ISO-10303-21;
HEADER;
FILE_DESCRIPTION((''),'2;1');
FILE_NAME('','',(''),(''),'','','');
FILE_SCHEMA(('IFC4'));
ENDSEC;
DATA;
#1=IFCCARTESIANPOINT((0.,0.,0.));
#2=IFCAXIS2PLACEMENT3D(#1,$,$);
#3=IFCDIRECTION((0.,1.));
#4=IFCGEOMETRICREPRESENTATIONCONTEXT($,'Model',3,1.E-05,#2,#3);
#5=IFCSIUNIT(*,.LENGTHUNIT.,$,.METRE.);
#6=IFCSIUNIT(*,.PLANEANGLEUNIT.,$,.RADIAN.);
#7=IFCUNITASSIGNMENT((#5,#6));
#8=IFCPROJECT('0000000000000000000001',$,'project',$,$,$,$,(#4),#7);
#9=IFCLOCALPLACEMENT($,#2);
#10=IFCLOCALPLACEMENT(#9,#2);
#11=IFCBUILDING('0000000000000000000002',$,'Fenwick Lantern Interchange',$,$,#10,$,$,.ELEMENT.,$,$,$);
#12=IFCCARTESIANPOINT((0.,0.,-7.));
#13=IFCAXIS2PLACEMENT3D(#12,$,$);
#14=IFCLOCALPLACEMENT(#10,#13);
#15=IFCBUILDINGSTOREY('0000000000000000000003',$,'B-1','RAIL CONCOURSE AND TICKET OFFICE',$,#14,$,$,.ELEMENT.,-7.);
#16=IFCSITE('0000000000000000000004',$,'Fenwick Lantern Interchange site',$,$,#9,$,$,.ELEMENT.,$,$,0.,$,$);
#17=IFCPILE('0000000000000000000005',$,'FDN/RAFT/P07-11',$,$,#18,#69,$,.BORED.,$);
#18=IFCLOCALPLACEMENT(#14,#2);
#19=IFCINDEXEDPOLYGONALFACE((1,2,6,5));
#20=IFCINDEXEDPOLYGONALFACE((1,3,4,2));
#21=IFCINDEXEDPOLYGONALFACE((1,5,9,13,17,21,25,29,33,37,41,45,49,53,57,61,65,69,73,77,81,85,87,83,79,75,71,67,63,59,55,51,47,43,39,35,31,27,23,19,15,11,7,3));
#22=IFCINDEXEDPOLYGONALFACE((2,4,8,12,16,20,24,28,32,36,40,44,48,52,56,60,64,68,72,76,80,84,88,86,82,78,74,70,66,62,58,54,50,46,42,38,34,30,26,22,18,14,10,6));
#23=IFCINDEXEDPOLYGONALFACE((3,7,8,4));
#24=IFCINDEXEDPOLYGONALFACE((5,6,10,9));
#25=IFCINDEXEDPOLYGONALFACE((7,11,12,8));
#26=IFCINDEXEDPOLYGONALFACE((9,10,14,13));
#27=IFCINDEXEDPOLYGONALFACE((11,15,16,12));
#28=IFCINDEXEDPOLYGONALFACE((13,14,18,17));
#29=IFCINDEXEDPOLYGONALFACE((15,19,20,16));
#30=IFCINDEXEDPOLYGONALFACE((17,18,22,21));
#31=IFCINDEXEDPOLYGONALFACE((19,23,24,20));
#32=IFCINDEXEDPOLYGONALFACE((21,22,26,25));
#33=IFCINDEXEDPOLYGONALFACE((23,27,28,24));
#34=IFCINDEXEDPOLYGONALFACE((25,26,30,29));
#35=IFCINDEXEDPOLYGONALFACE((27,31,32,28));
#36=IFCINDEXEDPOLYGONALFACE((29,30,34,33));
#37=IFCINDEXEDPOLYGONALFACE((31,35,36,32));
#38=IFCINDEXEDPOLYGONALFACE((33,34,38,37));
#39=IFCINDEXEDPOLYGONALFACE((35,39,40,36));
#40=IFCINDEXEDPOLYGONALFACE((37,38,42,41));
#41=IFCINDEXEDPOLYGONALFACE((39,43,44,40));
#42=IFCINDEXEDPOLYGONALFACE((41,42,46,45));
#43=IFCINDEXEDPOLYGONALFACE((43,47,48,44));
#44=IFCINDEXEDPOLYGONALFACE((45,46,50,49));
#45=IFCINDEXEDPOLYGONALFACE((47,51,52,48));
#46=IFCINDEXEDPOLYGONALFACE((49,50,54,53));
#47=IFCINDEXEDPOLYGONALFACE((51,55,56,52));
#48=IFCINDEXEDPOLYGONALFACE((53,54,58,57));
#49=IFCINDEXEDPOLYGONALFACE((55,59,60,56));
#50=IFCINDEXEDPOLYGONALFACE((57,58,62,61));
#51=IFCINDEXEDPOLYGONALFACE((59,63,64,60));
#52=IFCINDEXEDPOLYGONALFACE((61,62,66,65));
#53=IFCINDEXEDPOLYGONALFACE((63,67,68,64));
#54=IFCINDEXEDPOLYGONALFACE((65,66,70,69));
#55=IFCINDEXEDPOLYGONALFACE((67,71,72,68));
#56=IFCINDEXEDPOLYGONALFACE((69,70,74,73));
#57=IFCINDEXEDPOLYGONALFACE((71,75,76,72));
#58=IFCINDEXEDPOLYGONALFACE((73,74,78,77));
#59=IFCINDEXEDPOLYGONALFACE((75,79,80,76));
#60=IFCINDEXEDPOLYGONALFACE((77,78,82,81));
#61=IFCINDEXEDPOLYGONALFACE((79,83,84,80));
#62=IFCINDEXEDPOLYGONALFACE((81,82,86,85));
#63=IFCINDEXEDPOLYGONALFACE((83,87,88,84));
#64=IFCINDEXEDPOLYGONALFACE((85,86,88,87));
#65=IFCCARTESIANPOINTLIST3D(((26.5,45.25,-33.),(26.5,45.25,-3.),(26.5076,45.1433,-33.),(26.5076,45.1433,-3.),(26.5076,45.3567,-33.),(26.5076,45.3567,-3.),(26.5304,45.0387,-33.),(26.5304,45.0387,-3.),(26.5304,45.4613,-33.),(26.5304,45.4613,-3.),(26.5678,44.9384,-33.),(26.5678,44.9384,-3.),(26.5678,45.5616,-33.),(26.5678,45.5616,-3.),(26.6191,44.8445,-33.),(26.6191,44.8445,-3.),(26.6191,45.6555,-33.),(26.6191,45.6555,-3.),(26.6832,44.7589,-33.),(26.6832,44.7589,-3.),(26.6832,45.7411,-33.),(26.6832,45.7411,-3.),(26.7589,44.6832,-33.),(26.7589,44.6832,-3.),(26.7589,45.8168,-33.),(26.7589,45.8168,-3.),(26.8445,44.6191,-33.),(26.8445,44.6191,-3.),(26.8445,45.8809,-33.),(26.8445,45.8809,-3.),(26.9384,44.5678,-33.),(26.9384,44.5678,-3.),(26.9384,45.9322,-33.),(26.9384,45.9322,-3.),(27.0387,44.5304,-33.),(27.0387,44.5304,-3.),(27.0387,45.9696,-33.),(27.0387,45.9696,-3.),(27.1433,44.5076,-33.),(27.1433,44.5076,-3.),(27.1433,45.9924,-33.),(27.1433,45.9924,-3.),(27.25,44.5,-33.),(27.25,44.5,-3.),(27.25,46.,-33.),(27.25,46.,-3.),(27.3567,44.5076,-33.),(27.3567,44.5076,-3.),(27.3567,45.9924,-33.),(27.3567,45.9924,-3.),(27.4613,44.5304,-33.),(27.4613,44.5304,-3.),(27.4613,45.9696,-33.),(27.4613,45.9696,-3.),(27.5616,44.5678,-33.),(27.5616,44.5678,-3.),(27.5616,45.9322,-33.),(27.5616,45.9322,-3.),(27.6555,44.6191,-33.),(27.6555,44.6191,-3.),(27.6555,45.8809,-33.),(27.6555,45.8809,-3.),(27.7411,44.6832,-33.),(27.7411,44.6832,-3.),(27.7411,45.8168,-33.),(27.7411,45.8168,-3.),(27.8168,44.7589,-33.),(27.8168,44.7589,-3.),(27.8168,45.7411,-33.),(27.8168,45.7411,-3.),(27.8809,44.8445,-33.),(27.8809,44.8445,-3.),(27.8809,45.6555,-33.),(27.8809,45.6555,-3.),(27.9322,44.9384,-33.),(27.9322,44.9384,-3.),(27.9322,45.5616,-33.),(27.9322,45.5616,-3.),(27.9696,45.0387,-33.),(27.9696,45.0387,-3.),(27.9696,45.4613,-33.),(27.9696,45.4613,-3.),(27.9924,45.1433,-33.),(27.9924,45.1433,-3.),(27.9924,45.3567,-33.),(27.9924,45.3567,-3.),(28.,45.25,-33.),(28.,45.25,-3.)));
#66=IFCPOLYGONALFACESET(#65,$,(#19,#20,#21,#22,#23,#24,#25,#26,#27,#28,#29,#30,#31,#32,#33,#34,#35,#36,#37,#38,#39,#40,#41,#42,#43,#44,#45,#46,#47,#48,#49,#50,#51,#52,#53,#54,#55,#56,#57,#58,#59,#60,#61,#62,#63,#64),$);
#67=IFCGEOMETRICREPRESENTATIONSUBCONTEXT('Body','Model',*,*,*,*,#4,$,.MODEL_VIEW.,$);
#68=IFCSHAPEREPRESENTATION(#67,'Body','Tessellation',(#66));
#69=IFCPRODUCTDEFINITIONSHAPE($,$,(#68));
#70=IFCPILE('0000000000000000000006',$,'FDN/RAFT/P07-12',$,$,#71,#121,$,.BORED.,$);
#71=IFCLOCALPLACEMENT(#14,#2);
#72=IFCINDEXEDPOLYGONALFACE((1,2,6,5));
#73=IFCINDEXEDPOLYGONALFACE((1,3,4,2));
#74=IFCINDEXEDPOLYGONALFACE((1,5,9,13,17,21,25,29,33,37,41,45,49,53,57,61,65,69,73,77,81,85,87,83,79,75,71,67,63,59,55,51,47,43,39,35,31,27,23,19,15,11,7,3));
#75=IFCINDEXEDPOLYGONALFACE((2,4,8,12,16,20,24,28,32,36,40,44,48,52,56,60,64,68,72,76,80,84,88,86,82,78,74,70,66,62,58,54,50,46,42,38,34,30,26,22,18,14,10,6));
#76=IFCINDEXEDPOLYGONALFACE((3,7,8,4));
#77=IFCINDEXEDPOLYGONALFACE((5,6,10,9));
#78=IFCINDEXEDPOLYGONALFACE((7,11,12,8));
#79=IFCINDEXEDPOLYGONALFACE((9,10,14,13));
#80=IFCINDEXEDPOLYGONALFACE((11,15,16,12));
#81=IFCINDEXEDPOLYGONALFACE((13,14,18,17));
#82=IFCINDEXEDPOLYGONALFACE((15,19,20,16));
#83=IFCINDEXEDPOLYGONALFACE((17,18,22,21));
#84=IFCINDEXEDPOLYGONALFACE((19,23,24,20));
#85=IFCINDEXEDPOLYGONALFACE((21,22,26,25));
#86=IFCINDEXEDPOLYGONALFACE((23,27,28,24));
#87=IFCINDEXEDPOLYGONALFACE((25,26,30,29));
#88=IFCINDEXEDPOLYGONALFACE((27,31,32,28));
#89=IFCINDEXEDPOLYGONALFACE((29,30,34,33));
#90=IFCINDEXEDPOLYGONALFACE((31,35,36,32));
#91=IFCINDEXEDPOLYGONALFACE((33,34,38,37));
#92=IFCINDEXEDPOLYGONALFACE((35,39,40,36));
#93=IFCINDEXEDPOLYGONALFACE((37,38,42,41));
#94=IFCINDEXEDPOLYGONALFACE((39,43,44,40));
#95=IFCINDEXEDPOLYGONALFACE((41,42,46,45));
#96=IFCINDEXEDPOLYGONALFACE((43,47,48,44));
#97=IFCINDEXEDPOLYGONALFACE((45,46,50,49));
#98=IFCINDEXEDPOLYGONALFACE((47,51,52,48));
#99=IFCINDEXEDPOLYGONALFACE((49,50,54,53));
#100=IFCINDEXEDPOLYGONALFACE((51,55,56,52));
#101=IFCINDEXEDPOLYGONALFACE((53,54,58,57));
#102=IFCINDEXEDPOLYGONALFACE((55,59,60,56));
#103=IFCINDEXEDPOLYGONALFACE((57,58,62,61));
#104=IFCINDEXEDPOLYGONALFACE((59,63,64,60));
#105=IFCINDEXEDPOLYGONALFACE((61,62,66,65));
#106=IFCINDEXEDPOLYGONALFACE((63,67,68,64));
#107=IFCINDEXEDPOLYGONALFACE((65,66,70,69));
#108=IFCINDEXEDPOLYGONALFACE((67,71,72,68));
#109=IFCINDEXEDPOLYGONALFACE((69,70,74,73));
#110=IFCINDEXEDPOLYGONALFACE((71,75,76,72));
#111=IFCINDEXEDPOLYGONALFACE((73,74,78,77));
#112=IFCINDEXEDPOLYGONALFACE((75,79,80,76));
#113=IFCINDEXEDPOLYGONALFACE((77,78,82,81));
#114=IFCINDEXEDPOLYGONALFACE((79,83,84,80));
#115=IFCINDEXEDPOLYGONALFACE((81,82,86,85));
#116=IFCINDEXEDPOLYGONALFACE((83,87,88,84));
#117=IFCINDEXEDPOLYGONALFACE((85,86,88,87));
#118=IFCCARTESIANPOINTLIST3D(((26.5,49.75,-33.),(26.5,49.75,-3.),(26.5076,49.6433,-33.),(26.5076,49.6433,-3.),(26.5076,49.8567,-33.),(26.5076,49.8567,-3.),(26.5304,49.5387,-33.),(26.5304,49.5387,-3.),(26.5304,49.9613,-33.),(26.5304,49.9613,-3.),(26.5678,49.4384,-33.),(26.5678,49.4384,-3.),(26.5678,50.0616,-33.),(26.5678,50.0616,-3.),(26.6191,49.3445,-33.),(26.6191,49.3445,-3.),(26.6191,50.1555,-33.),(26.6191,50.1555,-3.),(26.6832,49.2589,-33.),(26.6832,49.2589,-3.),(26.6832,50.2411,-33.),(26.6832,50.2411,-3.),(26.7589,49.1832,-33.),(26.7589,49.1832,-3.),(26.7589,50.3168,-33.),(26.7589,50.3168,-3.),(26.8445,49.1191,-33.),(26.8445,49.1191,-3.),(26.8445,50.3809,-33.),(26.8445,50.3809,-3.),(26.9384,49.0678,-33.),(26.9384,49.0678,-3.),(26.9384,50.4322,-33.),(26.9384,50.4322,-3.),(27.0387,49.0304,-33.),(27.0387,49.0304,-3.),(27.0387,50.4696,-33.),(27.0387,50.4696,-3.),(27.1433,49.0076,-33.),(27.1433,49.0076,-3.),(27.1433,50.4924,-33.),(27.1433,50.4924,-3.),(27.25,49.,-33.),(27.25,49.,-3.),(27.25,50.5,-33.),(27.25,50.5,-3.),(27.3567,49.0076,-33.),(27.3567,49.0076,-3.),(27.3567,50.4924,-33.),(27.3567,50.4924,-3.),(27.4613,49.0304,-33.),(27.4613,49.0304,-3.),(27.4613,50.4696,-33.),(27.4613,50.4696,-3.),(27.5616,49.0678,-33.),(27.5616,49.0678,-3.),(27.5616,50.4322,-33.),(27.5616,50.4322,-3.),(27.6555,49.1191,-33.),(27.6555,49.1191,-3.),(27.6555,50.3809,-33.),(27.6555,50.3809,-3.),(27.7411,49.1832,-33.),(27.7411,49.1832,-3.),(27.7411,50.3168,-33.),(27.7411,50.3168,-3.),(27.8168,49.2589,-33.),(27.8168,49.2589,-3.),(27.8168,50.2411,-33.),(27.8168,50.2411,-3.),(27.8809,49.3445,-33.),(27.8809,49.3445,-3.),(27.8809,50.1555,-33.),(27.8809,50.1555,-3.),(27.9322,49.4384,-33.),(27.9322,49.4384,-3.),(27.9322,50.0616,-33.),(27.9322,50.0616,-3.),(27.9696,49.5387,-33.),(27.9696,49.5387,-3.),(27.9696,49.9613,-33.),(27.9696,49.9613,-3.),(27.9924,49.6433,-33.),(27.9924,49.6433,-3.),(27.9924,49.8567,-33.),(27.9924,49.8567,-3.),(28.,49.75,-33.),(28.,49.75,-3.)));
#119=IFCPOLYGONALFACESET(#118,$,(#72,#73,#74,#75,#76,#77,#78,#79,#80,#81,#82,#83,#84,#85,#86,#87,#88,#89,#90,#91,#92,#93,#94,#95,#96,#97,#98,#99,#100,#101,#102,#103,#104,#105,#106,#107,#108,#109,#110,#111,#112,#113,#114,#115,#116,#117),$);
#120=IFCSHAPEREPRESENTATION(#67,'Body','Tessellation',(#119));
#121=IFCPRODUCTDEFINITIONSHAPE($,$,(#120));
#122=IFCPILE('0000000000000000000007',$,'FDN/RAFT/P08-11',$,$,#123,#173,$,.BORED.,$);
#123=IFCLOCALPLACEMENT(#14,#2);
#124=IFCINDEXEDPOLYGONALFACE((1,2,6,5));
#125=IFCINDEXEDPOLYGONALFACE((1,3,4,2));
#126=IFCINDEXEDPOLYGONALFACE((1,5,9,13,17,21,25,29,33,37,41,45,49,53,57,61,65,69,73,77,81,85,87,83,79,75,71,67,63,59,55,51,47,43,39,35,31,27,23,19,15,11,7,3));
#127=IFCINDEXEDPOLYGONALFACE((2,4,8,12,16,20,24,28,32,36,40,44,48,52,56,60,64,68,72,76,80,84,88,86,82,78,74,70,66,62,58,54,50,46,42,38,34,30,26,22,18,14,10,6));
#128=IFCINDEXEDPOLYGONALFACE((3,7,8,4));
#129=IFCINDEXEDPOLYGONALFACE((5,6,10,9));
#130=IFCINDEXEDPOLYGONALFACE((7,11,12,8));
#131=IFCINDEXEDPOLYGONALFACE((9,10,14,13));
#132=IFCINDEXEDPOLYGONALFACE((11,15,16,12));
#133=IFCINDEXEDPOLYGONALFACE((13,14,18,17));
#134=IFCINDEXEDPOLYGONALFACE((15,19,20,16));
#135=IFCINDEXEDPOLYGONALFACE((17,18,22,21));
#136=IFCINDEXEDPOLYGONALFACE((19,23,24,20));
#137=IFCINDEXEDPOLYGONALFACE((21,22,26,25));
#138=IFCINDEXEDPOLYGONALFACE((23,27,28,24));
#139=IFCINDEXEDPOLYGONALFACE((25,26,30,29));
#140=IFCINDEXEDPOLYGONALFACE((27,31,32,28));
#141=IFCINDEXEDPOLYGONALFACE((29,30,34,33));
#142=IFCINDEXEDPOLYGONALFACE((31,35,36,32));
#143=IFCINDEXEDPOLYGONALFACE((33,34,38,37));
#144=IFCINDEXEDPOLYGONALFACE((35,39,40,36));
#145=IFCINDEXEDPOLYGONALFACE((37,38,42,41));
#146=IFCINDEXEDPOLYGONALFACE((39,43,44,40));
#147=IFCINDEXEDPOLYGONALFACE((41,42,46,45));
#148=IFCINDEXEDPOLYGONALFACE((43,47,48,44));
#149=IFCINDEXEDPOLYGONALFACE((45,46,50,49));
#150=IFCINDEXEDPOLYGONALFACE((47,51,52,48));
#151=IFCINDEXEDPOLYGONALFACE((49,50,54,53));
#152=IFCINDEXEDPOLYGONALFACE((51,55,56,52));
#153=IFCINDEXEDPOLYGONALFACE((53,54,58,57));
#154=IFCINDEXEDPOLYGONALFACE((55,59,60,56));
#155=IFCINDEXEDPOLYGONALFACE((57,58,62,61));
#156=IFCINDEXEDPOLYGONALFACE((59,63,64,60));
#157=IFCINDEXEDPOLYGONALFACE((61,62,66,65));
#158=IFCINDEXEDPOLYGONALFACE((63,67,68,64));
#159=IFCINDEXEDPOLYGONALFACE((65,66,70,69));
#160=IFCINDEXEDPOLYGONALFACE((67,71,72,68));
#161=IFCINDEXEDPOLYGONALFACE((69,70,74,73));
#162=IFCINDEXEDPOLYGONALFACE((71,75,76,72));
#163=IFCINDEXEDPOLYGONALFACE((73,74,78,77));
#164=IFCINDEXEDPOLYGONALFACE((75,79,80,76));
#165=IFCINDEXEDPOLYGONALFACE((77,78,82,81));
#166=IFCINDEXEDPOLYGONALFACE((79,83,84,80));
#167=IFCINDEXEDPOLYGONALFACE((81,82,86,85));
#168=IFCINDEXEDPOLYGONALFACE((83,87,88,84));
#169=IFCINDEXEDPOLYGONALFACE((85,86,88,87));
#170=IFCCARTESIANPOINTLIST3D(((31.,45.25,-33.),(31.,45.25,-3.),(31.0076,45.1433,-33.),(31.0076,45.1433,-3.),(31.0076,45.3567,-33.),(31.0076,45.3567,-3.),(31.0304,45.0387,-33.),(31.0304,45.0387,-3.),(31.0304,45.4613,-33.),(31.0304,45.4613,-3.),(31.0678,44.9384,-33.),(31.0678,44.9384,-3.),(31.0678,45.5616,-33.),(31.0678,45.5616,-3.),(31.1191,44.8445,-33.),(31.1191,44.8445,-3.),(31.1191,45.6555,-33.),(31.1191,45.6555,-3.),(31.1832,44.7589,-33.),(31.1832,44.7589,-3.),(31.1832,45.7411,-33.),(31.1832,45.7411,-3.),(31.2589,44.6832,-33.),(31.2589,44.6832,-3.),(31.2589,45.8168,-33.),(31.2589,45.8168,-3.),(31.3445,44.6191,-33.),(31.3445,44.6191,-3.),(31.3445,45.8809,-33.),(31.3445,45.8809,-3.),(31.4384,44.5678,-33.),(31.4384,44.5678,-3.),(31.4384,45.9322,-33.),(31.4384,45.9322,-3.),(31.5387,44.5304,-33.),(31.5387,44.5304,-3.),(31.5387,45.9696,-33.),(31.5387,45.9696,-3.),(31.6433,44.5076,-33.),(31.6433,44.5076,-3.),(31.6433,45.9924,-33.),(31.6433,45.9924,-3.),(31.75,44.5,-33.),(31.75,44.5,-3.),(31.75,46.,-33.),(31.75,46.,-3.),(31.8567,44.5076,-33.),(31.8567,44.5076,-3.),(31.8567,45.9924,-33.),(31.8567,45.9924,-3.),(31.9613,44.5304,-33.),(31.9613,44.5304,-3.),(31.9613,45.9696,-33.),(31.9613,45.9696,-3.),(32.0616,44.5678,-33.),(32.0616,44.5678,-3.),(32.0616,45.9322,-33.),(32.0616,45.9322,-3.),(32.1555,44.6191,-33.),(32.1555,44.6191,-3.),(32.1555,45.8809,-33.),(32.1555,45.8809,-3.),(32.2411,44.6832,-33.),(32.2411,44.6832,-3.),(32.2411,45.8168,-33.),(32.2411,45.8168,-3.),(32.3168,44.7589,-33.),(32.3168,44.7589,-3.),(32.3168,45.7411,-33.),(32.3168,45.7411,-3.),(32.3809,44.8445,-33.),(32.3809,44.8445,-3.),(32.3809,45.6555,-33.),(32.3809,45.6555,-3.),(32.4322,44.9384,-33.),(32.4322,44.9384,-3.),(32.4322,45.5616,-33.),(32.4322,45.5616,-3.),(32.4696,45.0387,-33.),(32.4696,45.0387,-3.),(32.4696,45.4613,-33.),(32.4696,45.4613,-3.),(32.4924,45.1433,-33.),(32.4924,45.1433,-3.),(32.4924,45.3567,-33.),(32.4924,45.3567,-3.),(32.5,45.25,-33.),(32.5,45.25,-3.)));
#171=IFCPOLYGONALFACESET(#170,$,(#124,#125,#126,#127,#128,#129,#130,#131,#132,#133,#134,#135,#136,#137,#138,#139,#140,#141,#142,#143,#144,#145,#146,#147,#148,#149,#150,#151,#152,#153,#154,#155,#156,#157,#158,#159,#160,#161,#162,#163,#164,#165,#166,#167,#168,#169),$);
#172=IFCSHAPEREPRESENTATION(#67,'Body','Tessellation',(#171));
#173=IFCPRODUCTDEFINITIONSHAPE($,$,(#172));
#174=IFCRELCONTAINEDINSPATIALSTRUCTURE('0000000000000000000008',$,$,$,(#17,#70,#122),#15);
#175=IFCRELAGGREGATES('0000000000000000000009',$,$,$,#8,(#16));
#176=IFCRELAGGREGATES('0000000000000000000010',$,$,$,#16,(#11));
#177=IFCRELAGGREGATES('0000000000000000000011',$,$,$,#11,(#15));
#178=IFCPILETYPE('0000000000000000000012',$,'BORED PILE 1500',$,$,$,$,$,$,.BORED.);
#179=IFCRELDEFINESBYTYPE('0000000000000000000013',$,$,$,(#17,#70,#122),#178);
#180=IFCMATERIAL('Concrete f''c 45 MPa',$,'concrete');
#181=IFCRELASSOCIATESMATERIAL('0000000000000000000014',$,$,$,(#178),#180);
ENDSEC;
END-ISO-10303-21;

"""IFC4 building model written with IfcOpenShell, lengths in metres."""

from ifc_helpers import new_model, si_unit, direction, frame, origin, origin_2d, place, context, subcontext, project, spatial, circle, extrude, material, type_object, element, save


model = new_model("IFC4")

# Units and contexts
model_context = context("Model", 3, precision=1e-05, world=origin(), true_north=direction((0.0, 1.0)))
body_context = subcontext(model_context, "Body", "Model", "MODEL_VIEW")
ifc_project = project(units=[si_unit("LENGTHUNIT", "METRE"), si_unit("PLANEANGLEUNIT", "RADIAN")], contexts=[model_context])

# Site, building, storey
site_placement = place(None, origin())
site = spatial("IfcSite", under=ifc_project, at=site_placement, Name="Fenwick Lantern Interchange site", CompositionType="ELEMENT", RefElevation=0.0)
building_placement = place(site_placement, origin())
building = spatial("IfcBuilding", under=site, at=building_placement, Name="Fenwick Lantern Interchange", CompositionType="ELEMENT")
storey_placement = place(building_placement, frame((0.0, 0.0, -7.0)))
storey = spatial("IfcBuildingStorey", under=building, at=storey_placement, Name="B-1", Description="RAIL CONCOURSE AND TICKET OFFICE", CompositionType="ELEMENT", Elevation=-7.0)

# Piles
ifc_material_1 = material(Name="Concrete f'c 45 MPa", Category="concrete")
pile_type_1 = type_object("IfcPileType", Name="BORED PILE 1500", PredefinedType="BORED", material=ifc_material_1)
for number, where, z_axis, x_axis, name in (
    (1, (27.25, 45.25, -3.0), (0.0, 0.0, -1.0), (1.0, 0.0, 0.0), "FDN/RAFT/P07-11"),
    (2, (27.25, 49.75, -3.0), (0.0, 0.0, -1.0), (1.0, 0.0, 0.0), "FDN/RAFT/P07-12"),
    (3, (31.75, 45.25, -3.0), (0.0, 0.0, -1.0), (1.0, 0.0, 0.0), "FDN/RAFT/P08-11"),
):
    element("IfcPile", number, at=place(storey_placement, frame(where, z_axis=z_axis, x_axis=x_axis)), inside=storey, type_object=pile_type_1, Name=name, PredefinedType="BORED", context=body_context, shape_type="SweptSolid", body=[
        extrude(circle(Radius=0.75, at=origin_2d()), origin(), (0.0, 0.0, 1.0), 30.0),
    ])

save(model, "model.ifc")
